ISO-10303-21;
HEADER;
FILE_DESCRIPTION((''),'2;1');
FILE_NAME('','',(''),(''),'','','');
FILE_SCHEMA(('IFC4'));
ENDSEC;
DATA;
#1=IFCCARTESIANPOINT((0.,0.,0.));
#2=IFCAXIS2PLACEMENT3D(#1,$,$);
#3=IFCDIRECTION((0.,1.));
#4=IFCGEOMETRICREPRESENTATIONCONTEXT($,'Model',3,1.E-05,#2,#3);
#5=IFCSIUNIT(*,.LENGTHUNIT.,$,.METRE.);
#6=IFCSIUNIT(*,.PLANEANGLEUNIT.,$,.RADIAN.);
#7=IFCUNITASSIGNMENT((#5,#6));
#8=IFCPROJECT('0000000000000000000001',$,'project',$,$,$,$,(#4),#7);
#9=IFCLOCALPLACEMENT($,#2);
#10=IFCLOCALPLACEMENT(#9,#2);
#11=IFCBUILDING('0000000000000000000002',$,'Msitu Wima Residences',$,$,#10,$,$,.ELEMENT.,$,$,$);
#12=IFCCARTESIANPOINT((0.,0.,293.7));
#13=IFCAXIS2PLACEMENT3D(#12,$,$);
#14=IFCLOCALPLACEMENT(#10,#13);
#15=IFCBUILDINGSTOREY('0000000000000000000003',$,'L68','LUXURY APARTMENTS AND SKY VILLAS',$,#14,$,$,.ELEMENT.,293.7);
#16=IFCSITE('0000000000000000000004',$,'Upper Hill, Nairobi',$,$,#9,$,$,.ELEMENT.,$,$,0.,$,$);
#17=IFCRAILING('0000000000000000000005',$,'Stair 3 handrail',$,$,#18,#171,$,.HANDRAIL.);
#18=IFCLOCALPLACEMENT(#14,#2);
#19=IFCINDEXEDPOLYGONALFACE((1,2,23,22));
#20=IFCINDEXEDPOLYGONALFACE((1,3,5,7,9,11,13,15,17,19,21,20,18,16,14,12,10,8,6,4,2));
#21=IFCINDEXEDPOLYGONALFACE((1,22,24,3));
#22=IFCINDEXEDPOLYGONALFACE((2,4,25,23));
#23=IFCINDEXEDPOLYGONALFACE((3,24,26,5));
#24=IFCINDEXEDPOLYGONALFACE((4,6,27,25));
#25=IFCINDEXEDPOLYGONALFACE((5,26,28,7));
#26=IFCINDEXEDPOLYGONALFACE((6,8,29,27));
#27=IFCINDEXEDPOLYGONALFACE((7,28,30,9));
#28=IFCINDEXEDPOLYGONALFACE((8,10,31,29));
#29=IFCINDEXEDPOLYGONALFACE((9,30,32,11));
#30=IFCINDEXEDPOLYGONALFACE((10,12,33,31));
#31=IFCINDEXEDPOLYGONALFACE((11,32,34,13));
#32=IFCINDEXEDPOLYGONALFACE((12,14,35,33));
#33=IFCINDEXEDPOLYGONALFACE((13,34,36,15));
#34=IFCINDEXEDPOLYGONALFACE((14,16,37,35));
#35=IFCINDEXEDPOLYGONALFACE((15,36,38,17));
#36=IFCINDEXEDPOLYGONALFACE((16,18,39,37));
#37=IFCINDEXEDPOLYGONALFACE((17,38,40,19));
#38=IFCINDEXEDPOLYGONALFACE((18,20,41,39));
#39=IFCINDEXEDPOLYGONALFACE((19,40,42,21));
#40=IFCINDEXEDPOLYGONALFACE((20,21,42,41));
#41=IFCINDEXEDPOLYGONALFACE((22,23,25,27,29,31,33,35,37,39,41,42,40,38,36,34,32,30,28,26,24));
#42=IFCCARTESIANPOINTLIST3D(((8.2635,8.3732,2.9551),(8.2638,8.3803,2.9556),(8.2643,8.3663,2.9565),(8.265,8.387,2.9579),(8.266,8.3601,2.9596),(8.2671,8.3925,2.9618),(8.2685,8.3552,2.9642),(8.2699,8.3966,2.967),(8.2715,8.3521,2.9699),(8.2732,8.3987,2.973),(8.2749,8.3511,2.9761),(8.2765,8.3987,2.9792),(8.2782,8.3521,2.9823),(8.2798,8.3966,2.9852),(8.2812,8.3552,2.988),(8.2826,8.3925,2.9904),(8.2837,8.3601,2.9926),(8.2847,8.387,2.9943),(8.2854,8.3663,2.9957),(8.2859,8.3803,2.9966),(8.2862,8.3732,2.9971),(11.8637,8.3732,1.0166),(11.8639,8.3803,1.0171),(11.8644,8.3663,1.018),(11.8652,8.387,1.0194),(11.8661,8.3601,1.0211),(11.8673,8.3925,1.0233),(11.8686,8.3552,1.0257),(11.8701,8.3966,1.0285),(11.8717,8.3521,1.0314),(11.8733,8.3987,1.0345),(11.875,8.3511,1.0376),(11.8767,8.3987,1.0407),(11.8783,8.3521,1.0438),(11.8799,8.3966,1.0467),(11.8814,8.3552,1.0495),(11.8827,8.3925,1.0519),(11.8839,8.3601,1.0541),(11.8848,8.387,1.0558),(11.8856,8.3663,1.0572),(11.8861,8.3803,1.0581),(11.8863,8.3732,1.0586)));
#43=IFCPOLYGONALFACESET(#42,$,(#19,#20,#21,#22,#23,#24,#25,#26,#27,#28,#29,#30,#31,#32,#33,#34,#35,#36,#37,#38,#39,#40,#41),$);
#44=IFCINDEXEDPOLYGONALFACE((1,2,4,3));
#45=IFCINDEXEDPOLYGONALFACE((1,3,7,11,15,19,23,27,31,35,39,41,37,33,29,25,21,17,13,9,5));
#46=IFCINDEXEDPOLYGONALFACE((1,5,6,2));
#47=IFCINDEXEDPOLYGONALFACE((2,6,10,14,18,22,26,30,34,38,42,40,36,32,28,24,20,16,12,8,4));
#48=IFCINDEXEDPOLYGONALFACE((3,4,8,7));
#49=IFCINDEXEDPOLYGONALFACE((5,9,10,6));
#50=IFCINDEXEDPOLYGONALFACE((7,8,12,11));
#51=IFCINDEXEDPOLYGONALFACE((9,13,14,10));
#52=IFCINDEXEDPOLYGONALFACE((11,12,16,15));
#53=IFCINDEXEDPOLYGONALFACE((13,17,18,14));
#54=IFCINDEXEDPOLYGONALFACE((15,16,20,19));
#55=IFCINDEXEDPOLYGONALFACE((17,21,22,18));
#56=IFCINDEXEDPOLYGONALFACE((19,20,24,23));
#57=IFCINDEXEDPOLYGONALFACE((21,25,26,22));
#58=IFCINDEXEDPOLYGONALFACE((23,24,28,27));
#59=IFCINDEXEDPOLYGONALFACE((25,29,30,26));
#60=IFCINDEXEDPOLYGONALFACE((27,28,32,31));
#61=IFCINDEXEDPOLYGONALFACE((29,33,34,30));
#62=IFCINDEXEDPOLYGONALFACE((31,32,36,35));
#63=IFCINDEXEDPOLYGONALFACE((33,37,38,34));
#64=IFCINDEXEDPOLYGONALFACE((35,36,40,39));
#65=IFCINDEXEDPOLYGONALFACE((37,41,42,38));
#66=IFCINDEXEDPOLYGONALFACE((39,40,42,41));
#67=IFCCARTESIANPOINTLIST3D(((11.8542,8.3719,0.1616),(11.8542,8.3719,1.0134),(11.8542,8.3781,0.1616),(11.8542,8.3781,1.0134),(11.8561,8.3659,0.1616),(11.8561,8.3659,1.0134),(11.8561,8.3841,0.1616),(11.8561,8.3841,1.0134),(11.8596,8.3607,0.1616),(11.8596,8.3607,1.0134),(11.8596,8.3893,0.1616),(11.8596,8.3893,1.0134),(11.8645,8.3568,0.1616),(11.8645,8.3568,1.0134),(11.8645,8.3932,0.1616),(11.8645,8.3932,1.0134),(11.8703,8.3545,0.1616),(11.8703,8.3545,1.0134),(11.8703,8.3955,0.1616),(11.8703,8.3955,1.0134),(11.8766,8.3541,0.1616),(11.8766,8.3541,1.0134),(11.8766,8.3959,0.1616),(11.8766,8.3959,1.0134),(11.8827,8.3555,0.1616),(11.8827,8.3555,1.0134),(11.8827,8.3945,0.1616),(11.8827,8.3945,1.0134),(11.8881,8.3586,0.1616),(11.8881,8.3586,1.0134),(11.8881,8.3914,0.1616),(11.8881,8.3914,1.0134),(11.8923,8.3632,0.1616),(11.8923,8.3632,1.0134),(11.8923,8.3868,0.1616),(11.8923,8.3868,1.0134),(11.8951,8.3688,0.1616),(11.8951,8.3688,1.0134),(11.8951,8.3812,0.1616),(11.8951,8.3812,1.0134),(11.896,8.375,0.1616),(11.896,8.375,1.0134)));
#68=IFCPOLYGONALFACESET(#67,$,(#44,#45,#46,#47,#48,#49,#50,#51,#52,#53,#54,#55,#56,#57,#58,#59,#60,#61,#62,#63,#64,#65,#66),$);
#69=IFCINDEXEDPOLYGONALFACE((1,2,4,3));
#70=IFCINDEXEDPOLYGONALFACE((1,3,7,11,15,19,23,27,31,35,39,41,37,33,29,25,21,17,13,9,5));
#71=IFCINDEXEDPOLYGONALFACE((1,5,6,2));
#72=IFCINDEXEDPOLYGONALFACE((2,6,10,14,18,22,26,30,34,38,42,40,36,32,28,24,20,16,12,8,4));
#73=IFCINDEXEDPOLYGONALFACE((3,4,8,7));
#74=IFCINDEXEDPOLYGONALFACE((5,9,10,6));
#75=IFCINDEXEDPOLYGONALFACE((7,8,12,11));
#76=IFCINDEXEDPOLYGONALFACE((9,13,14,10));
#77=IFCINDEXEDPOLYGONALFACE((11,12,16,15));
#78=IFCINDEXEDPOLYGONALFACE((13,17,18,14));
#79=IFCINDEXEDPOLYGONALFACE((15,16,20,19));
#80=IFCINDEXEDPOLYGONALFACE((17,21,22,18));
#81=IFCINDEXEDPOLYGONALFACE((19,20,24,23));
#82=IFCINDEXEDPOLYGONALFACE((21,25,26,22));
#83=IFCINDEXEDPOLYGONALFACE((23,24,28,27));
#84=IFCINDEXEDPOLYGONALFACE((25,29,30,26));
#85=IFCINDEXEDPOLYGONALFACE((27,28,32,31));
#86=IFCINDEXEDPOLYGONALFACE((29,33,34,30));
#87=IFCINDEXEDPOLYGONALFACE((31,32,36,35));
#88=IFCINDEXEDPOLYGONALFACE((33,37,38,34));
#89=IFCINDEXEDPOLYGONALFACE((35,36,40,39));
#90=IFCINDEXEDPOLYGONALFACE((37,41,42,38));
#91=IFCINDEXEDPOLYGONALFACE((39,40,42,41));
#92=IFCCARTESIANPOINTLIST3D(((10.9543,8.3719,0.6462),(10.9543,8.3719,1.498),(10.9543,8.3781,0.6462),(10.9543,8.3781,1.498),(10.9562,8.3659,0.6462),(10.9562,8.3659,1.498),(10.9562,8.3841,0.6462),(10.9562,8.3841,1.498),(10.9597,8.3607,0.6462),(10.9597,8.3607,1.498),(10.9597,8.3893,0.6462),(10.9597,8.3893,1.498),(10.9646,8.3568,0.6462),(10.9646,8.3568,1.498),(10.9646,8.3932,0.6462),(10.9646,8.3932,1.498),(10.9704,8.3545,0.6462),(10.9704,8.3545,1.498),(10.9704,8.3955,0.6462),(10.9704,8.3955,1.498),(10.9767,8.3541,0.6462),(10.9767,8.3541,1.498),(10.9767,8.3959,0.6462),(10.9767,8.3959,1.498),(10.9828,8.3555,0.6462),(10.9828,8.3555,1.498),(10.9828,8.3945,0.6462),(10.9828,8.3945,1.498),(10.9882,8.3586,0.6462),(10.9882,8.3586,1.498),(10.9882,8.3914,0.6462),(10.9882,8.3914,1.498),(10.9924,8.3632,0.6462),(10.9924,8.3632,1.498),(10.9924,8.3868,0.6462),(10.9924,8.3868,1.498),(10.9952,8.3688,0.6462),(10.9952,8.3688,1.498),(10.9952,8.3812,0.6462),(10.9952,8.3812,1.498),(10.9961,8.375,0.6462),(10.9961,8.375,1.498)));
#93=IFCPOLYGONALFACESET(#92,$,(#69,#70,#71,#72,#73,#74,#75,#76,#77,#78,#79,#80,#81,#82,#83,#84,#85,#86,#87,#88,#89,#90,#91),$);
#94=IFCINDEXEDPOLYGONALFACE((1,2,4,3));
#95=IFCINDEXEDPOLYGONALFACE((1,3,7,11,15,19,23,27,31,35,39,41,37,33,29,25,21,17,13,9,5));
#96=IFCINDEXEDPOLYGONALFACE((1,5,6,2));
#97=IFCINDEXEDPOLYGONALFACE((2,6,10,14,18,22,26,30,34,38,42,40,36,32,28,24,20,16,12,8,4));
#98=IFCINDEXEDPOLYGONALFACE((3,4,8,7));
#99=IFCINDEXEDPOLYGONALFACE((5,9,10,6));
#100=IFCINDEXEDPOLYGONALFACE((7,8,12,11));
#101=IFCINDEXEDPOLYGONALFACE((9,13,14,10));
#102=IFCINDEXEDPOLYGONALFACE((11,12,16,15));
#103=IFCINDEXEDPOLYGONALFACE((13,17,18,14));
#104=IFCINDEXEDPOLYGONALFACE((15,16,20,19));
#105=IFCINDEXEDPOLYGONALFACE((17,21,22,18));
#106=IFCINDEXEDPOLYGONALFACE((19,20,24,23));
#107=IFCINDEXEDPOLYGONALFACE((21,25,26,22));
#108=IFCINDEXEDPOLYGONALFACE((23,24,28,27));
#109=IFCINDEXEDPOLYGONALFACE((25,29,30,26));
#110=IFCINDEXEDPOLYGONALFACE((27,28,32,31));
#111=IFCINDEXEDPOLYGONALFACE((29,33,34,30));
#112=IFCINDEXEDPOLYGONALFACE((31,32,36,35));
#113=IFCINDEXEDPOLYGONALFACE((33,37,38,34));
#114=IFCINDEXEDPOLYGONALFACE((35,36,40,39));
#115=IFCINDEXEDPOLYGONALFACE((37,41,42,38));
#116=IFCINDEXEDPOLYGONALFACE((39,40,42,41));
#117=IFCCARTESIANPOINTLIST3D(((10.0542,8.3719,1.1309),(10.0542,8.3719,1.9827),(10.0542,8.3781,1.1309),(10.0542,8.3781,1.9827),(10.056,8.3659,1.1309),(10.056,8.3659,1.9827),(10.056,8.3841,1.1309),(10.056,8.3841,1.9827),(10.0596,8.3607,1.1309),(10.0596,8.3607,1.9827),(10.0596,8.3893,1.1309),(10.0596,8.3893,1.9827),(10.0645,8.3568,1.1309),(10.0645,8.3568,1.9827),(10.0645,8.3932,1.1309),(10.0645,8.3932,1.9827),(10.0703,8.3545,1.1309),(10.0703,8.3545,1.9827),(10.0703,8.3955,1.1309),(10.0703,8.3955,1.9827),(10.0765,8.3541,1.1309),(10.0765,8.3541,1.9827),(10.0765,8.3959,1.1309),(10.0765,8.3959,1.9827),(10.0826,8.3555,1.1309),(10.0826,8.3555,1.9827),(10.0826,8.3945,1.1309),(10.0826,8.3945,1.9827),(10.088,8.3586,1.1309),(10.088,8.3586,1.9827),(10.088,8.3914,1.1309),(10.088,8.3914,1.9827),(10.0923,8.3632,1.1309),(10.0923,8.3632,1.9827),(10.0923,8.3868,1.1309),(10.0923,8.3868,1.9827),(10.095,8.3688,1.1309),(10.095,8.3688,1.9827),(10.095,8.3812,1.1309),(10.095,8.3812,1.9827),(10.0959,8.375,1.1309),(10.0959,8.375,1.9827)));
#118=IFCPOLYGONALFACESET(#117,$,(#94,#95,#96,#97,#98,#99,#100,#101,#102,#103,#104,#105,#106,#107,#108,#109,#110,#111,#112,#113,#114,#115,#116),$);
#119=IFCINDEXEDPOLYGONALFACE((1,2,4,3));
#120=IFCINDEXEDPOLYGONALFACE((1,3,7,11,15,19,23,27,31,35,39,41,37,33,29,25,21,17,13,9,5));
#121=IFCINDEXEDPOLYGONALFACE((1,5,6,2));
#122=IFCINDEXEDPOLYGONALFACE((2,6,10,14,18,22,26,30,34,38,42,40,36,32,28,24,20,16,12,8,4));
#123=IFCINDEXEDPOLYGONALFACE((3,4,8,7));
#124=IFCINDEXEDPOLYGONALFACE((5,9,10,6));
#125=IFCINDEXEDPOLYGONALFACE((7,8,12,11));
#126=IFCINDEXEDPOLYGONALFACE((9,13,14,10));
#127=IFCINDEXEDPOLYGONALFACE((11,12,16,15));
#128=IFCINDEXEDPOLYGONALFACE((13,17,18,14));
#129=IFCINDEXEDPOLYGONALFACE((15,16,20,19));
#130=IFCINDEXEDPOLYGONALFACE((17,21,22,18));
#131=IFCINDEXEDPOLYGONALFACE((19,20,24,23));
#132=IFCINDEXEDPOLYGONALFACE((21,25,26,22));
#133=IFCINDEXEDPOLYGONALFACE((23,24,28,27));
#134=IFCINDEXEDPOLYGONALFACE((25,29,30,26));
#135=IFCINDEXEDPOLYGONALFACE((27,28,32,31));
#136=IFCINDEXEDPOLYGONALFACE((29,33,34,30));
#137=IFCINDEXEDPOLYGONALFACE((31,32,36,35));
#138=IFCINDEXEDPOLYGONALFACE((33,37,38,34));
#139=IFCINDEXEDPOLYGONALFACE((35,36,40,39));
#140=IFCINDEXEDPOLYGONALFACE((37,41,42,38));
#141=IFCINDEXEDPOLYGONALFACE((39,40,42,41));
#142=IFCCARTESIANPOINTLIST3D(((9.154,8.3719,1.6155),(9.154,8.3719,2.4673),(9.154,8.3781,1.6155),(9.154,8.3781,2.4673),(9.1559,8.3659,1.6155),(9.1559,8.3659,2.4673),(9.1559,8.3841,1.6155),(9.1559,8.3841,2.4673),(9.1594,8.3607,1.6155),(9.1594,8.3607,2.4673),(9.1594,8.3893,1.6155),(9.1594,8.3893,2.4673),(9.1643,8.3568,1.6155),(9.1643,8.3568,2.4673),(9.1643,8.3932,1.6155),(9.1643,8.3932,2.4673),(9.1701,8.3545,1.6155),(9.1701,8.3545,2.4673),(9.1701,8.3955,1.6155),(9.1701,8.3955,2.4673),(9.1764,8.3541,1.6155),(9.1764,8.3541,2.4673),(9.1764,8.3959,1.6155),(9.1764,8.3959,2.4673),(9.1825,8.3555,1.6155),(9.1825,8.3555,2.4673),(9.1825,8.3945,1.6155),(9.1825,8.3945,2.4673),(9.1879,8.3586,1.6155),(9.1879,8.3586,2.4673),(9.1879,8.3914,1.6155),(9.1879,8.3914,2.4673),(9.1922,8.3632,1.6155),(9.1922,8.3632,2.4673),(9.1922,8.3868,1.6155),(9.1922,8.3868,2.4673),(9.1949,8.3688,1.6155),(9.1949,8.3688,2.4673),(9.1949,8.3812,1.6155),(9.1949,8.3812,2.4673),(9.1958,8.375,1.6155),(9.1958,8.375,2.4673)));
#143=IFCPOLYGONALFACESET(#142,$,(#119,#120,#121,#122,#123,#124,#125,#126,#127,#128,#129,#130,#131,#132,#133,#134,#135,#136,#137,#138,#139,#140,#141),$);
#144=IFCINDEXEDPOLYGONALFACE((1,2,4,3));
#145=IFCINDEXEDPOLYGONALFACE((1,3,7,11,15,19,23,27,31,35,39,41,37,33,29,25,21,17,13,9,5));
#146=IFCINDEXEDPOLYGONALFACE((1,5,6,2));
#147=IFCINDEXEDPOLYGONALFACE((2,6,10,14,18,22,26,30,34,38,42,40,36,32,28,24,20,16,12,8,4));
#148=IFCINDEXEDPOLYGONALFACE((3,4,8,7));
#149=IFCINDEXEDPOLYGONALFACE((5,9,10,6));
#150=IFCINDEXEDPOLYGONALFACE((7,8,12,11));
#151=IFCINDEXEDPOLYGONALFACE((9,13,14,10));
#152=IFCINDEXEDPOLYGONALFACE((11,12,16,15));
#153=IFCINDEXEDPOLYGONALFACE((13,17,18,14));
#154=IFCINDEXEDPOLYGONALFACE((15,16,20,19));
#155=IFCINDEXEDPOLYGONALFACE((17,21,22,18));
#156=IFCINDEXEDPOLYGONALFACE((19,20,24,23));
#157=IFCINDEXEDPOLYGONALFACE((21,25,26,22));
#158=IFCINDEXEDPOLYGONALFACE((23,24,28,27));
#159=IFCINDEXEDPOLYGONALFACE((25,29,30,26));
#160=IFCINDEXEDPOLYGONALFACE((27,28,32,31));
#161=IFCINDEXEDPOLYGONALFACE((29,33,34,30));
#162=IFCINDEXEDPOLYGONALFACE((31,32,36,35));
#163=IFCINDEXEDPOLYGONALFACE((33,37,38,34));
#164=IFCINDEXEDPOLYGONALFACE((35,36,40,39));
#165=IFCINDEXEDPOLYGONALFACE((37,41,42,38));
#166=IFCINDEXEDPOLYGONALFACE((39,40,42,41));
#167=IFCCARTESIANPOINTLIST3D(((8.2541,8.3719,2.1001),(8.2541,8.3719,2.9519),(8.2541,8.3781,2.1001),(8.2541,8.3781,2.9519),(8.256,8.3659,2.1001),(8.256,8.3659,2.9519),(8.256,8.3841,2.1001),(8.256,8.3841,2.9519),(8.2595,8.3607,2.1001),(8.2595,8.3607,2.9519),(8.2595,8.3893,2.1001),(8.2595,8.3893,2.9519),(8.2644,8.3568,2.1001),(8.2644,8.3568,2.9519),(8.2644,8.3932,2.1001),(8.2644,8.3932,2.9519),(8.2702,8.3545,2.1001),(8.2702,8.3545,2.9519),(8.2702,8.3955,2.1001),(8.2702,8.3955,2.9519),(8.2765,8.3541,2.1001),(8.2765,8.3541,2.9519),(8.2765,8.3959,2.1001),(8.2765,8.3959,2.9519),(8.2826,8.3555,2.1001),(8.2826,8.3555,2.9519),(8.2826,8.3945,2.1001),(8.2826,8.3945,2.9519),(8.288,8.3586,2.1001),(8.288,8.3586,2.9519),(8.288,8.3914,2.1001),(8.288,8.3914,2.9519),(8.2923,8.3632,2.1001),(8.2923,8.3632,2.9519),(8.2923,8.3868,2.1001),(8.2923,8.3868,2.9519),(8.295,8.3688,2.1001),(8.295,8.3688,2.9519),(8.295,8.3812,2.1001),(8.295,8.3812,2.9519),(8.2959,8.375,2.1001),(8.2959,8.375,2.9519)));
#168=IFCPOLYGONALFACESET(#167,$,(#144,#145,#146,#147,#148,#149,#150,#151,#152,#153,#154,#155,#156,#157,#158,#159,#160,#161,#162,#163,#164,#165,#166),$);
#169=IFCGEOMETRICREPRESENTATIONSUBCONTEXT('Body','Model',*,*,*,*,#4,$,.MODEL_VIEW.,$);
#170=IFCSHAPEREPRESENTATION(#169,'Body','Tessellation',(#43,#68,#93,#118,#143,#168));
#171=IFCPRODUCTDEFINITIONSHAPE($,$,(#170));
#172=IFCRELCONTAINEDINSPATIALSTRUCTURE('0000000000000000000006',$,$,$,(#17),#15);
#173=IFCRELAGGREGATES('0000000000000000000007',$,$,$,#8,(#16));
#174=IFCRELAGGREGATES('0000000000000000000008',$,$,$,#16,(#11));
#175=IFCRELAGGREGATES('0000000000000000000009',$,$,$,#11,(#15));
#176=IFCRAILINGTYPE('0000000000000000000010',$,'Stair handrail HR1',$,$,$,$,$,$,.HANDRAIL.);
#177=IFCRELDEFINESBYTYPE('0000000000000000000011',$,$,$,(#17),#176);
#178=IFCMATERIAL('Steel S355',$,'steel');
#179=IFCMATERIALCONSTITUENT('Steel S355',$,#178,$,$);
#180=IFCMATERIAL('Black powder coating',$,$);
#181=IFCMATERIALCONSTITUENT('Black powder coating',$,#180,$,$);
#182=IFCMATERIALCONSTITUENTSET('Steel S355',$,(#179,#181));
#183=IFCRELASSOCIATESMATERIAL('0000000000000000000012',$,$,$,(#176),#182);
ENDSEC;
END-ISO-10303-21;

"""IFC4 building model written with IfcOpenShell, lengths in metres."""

from ifc_helpers import new_model, si_unit, direction, frame, origin, origin_2d, place, context, subcontext, project, spatial, circle, extrude, material, constituent, constituent_set, type_object, element, save


model = new_model("IFC4")

# Units and contexts
model_context = context("Model", 3, precision=1e-05, world=origin(), true_north=direction((0.0, 1.0)))
body_context = subcontext(model_context, "Body", "Model", "MODEL_VIEW")
ifc_project = project(units=[si_unit("LENGTHUNIT", "METRE"), si_unit("PLANEANGLEUNIT", "RADIAN")], contexts=[model_context])

# Site, building, storey
site_placement = place(None, origin())
site = spatial("IfcSite", under=ifc_project, at=site_placement, Name="Upper Hill, Nairobi", CompositionType="ELEMENT", RefElevation=0.0)
building_placement = place(site_placement, origin())
building = spatial("IfcBuilding", under=site, at=building_placement, Name="Msitu Wima Residences", CompositionType="ELEMENT")
storey_placement = place(building_placement, frame((0.0, 0.0, 293.7)))
storey = spatial("IfcBuildingStorey", under=building, at=storey_placement, Name="L68", Description="LUXURY APARTMENTS AND SKY VILLAS", CompositionType="ELEMENT", Elevation=293.7)

# Railing
ifc_material_1 = material(Name="Steel S355", Category="steel")
ifc_constituent_1 = constituent(ifc_material_1, Name="Steel S355")
ifc_material_2 = material(Name="Black powder coating")
ifc_constituent_2 = constituent(ifc_material_2, Name="Black powder coating")
ifc_constituent_set = constituent_set(constituents=[ifc_constituent_1, ifc_constituent_2], Name="Steel S355")
railing_type = type_object("IfcRailingType", Name="Stair handrail HR1", PredefinedType="HANDRAIL", material=ifc_constituent_set)
for number, where, name in (
    (1, (11.875, 8.375, 0.1616), "Stair 3 handrail"),
):
    element("IfcRailing", number, at=place(storey_placement, frame(where)), inside=storey, type_object=railing_type, Name=name, PredefinedType="HANDRAIL", context=body_context, shape_type="SweptSolid", body=[
        extrude(circle(Radius=0.0239, at=origin_2d()), frame((0.0, 0.0, 0.876), z_axis=(-0.880475, 0.0, 0.474093), x_axis=(0.0, -1.0, 0.0)), (0.0, 0.0, 1.0), 4.0889),
        extrude(circle(Radius=0.021, at=origin_2d()), origin(), (0.0, 0.0, 1.0), 0.8518),
        extrude(circle(Radius=0.021, at=origin_2d()), frame((-0.8999, 0.0, 0.4846)), (0.0, 0.0, 1.0), 0.8518),
        extrude(circle(Radius=0.021, at=origin_2d()), frame((-1.8, 0.0, 0.9692)), (0.0, 0.0, 1.0), 0.8518),
        extrude(circle(Radius=0.021, at=origin_2d()), frame((-2.7002, 0.0, 1.4539)), (0.0, 0.0, 1.0), 0.8518),
        extrude(circle(Radius=0.021, at=origin_2d()), frame((-3.6001, 0.0, 1.9385)), (0.0, 0.0, 1.0), 0.8518),
    ])

save(model, "model.ifc")
